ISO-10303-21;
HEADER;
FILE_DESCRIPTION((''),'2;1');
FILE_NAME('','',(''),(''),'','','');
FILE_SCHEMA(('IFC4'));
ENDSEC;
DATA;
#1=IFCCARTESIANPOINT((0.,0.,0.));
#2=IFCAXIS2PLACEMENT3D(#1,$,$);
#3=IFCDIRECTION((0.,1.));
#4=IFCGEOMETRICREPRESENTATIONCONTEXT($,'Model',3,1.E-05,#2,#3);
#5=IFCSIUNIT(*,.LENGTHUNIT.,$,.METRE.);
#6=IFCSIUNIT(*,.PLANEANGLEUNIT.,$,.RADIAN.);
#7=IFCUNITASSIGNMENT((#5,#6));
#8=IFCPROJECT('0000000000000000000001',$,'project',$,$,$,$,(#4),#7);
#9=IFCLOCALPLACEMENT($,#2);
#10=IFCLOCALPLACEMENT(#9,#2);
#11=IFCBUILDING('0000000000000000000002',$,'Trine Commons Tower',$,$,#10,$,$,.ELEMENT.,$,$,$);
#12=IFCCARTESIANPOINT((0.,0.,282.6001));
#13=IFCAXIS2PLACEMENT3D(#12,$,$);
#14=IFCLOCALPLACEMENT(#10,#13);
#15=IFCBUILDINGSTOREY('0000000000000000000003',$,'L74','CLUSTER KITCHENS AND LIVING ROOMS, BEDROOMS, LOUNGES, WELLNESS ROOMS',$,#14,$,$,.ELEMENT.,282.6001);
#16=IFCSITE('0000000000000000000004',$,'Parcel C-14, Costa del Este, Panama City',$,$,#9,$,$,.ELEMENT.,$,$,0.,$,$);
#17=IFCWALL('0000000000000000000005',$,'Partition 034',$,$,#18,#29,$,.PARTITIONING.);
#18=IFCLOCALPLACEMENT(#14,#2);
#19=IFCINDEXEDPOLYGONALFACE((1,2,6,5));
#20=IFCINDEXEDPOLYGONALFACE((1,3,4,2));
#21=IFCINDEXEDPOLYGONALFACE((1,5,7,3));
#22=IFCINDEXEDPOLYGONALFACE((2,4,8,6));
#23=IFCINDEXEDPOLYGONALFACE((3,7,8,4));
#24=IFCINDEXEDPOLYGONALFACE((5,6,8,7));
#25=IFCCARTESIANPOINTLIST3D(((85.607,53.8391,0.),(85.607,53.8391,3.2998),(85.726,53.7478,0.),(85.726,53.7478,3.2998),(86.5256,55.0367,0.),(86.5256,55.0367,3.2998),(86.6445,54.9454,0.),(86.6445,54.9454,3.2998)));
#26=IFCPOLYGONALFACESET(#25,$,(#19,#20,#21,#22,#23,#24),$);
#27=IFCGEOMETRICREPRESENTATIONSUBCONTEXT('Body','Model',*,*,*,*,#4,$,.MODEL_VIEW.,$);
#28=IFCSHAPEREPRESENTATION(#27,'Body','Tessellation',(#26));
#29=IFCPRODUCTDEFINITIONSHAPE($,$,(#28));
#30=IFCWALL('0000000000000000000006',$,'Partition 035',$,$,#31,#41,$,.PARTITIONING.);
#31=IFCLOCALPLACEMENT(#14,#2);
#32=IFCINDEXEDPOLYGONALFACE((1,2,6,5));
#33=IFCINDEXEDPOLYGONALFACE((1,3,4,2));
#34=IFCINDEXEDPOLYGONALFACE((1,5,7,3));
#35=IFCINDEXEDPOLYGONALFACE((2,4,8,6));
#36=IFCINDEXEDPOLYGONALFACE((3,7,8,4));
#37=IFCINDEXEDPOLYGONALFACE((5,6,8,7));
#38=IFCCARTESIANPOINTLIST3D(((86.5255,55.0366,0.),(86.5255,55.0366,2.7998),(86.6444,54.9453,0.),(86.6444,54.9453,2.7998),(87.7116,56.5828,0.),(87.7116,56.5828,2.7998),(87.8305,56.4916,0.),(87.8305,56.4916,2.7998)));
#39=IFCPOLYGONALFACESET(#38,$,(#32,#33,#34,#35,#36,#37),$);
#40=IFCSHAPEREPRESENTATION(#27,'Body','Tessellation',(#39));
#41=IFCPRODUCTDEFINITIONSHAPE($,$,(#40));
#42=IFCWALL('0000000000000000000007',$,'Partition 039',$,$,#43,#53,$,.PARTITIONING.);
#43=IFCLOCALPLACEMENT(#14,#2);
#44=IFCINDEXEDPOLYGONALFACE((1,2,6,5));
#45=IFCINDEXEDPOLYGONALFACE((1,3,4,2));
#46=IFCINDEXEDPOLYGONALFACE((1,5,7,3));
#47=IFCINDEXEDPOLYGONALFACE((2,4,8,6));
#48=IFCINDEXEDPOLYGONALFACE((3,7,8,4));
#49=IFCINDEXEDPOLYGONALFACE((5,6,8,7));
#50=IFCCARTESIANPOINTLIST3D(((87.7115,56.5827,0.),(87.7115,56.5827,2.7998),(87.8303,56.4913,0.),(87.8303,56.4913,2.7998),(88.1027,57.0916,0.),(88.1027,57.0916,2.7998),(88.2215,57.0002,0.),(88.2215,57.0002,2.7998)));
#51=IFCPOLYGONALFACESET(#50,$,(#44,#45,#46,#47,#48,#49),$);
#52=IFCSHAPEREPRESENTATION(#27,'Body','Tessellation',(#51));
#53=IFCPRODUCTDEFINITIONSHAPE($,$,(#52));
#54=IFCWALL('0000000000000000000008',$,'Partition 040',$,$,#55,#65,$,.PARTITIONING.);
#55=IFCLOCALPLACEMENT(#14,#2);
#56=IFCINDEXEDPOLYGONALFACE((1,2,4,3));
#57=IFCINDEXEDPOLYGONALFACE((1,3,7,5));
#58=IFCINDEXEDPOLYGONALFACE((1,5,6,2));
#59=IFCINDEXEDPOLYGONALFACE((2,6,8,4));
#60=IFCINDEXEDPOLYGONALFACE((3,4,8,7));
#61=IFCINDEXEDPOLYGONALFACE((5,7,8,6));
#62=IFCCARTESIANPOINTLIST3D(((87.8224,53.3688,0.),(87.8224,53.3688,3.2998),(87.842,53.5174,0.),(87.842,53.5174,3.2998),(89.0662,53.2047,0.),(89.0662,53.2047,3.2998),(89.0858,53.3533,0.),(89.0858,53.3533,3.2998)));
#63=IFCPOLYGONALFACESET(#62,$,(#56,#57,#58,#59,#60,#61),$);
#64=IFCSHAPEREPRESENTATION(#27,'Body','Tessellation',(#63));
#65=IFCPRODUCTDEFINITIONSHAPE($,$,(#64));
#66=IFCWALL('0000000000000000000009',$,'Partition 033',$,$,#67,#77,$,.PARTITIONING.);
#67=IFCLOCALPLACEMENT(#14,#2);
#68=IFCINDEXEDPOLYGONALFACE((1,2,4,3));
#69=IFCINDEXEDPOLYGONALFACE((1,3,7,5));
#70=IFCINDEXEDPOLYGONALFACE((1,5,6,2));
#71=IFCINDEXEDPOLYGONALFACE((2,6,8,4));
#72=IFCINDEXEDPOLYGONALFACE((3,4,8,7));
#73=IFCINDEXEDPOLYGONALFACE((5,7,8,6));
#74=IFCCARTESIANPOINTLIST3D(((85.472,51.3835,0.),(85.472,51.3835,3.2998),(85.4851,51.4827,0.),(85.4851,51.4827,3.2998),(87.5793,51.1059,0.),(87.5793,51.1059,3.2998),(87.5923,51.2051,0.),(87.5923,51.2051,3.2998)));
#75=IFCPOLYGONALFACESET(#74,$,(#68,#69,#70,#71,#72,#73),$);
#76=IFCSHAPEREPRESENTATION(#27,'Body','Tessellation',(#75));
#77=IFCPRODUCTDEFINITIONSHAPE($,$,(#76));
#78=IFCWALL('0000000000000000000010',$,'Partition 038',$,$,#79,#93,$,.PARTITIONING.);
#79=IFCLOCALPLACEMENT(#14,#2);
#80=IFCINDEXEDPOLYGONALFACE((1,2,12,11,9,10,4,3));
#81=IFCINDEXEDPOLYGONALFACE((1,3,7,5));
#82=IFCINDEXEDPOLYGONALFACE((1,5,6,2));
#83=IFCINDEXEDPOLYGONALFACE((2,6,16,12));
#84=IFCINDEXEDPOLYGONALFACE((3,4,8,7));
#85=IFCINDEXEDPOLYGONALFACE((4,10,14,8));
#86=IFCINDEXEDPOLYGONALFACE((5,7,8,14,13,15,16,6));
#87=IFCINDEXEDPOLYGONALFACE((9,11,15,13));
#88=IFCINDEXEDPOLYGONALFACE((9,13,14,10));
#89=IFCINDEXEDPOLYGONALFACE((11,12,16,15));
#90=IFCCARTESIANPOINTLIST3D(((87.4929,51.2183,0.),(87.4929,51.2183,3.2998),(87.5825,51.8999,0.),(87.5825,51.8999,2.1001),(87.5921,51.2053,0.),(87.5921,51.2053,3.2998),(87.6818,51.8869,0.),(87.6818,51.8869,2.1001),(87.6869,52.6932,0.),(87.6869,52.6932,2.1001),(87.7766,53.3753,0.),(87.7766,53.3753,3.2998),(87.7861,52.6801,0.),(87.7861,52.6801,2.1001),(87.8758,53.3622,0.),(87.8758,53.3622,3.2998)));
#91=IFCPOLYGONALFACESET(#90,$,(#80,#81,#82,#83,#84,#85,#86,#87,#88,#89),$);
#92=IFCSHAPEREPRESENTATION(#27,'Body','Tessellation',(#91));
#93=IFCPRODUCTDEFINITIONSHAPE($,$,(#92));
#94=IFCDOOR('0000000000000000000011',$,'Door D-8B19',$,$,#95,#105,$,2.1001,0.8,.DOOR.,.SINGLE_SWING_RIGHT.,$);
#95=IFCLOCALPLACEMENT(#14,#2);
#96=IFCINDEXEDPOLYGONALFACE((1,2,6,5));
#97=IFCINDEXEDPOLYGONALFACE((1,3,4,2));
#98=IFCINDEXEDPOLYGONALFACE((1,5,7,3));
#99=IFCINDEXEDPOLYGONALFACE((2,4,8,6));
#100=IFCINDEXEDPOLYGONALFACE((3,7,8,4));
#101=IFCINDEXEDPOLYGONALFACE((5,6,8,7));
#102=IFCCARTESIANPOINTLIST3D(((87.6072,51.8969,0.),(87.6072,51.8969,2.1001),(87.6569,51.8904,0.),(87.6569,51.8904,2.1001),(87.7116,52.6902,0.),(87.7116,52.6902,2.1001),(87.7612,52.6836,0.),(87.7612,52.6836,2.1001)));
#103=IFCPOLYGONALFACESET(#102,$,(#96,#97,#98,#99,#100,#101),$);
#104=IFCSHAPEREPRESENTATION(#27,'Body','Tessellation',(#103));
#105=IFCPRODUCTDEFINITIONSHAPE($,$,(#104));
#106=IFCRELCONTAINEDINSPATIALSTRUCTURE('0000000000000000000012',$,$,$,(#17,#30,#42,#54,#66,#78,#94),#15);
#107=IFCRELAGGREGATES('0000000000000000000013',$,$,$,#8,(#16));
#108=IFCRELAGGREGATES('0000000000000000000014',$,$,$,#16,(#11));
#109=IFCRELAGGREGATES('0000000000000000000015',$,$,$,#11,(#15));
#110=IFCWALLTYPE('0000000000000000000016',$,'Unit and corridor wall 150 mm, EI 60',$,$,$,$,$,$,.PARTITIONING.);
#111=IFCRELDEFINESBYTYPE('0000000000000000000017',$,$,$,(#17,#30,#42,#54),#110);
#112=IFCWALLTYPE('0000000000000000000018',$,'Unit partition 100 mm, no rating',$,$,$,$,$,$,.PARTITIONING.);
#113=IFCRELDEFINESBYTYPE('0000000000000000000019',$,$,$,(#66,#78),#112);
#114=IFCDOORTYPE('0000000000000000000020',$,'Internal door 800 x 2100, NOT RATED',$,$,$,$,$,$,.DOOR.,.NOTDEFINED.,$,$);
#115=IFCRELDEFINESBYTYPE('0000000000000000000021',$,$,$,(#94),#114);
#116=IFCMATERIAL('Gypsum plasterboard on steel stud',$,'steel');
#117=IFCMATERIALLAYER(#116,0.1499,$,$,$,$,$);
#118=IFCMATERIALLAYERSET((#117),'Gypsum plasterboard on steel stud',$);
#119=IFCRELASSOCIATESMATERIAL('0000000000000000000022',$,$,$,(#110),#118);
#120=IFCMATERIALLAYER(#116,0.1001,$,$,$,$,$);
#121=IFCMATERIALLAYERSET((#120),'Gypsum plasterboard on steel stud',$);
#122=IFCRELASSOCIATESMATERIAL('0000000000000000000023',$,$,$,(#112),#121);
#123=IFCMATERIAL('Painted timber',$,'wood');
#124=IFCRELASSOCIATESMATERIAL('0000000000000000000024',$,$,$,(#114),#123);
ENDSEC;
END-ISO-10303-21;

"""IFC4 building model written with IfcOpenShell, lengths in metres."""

from ifc_helpers import new_model, si_unit, direction, frame, frame_2d, origin, place, context, subcontext, project, spatial, rectangle, extrude, material, layer, layer_set, type_object, element, fill, save


model = new_model("IFC4")

# Units and contexts
model_context = context("Model", 3, precision=1e-05, world=origin(), true_north=direction((0.0, 1.0)))
body_context = subcontext(model_context, "Body", "Model", "MODEL_VIEW")
ifc_project = project(units=[si_unit("LENGTHUNIT", "METRE"), si_unit("PLANEANGLEUNIT", "RADIAN")], contexts=[model_context])

# Site, building, storey
site_placement = place(None, origin())
site = spatial("IfcSite", under=ifc_project, at=site_placement, Name="Parcel C-14, Costa del Este, Panama City", CompositionType="ELEMENT", RefElevation=0.0)
building_placement = place(site_placement, origin())
building = spatial("IfcBuilding", under=site, at=building_placement, Name="Trine Commons Tower", CompositionType="ELEMENT")
storey_placement = place(building_placement, frame((0.0, 0.0, 282.6001)))
storey = spatial("IfcBuildingStorey", under=building, at=storey_placement, Name="L74", Description="CLUSTER KITCHENS AND LIVING ROOMS, BEDROOMS, LOUNGES, WELLNESS ROOMS", CompositionType="ELEMENT", Elevation=282.6001)

# Shared definitions
ifc_material_1 = material(Name="Gypsum plasterboard on steel stud", Category="steel")
ifc_layer_1 = layer(ifc_material_1, 0.1499)
ifc_layer_set_1 = layer_set([ifc_layer_1], Name="Gypsum plasterboard on steel stud")
wall_type_1 = type_object("IfcWallType", Name="Unit and corridor wall 150 mm, EI 60", PredefinedType="PARTITIONING", material=ifc_layer_set_1)

# Walls
wall_1_placement = place(storey_placement, frame((85.6665, 53.7935, 0.0), z_axis=(0.0, 0.0, 1.0), x_axis=(0.608584, 0.793489, 0.0)))
element("IfcWall", 1, at=wall_1_placement, inside=storey, type_object=wall_type_1, Name="Partition 034", PredefinedType="PARTITIONING", context=body_context, shape_type="SweptSolid", body=[
    extrude(rectangle(XDim=1.5093, YDim=0.1499, at=frame_2d((0.7546, 0.0))), origin(), (0.0, 0.0, 1.0), 3.2998),
])
wall_2_placement = place(storey_placement, frame((86.585, 54.991, 0.0), z_axis=(0.0, 0.0, 1.0), x_axis=(0.608645, 0.793443, 0.0)))
element("IfcWall", 2, at=wall_2_placement, inside=storey, type_object=wall_type_1, Name="Partition 035", PredefinedType="PARTITIONING", context=body_context, shape_type="SweptSolid", body=[
    extrude(rectangle(XDim=1.9487, YDim=0.1499, at=frame_2d((0.9744, 0.0))), origin(), (0.0, 0.0, 1.0), 2.7998),
])
wall_3_placement = place(storey_placement, frame((87.771, 56.5371, 0.0), z_axis=(0.0, 0.0, 1.0), x_axis=(0.609453, 0.792822, 0.0)))
element("IfcWall", 3, at=wall_3_placement, inside=storey, type_object=wall_type_1, Name="Partition 039", PredefinedType="PARTITIONING", context=body_context, shape_type="SweptSolid", body=[
    extrude(rectangle(XDim=0.6418, YDim=0.1499, at=frame_2d((0.3208, 0.0))), origin(), (0.0, 0.0, 1.0), 2.7998),
])
wall_4_placement = place(storey_placement, frame((87.832, 53.4431, 0.0), z_axis=(0.0, 0.0, 1.0), x_axis=(0.991414, -0.130762, 0.0)))
element("IfcWall", 4, at=wall_4_placement, inside=storey, type_object=wall_type_1, Name="Partition 040", PredefinedType="PARTITIONING", context=body_context, shape_type="SweptSolid", body=[
    extrude(rectangle(XDim=1.2546, YDim=0.1499, at=frame_2d((0.6274, 0.0))), origin(), (0.0, 0.0, 1.0), 3.2998),
])
ifc_layer_2 = layer(ifc_material_1, 0.1001)
ifc_layer_set_2 = layer_set([ifc_layer_2], Name="Gypsum plasterboard on steel stud")
wall_type_2 = type_object("IfcWallType", Name="Unit partition 100 mm, no rating", PredefinedType="PARTITIONING", material=ifc_layer_set_2)
wall_5_placement = place(storey_placement, frame((85.4785, 51.4331, 0.0), z_axis=(0.0, 0.0, 1.0), x_axis=(0.991434, -0.130606, 0.0)))
element("IfcWall", 5, at=wall_5_placement, inside=storey, type_object=wall_type_2, Name="Partition 033", PredefinedType="PARTITIONING", context=body_context, shape_type="SweptSolid", body=[
    extrude(rectangle(XDim=2.1255, YDim=0.1001, at=frame_2d((1.0627, 0.0))), origin(), (0.0, 0.0, 1.0), 3.2998),
])

# Wall, opening, door
wall_6_placement = place(storey_placement, frame((87.5425, 51.2117, 0.0), z_axis=(0.0, 0.0, 1.0), x_axis=(0.130399, 0.991462, 0.0)))
wall_6 = element("IfcWall", 6, at=wall_6_placement, inside=storey, type_object=wall_type_2, Name="Partition 038", PredefinedType="PARTITIONING", context=body_context, shape_type="SweptSolid", body=[
    extrude(rectangle(XDim=2.1755, YDim=0.1001, at=frame_2d((1.0879, 0.0))), origin(), (0.0, 0.0, 1.0), 3.2998),
])
opening_1_placement = place(wall_6_placement, frame((0.6877, 0.0, 0.0)))
opening_1 = element("IfcOpeningElement", 7, at=opening_1_placement, cuts=wall_6, PredefinedType="OPENING", context=body_context, shape_type="SweptSolid", body=[
    extrude(rectangle(XDim=0.8, YDim=2.1001, at=frame_2d((0.3999, 1.05))), frame((0.0, 0.0601, 0.0), z_axis=(0.0, -1.0, 0.0), x_axis=(1.0, 0.0, 0.0)), (0.0, 0.0, 1.0), 0.1201),
])
ifc_material_2 = material(Name="Painted timber", Category="wood")
door_type_1 = type_object("IfcDoorType", Name="Internal door 800 x 2100, NOT RATED", OperationType="NOTDEFINED", PredefinedType="DOOR", material=ifc_material_2)
door_1_placement = place(opening_1_placement, frame((0.8, 0.0, 0.0), z_axis=(0.0, 0.0, 1.0), x_axis=(-1.0, 0.0, 0.0)))
door_1 = element("IfcDoor", 8, at=door_1_placement, inside=storey, type_object=door_type_1, Name="Door D-8B19", OperationType="SINGLE_SWING_RIGHT", OverallHeight=2.1001, OverallWidth=0.8, PredefinedType="DOOR", context=body_context, shape_type="SweptSolid", body=[
    extrude(rectangle(XDim=0.8, YDim=2.1001, at=frame_2d((0.3999, 1.05))), frame((0.0, 0.0249, 0.0), z_axis=(0.0, -1.0, 0.0), x_axis=(1.0, 0.0, 0.0)), (0.0, 0.0, 1.0), 0.05),
])
fill(opening_1, door_1)

save(model, "model.ifc")
